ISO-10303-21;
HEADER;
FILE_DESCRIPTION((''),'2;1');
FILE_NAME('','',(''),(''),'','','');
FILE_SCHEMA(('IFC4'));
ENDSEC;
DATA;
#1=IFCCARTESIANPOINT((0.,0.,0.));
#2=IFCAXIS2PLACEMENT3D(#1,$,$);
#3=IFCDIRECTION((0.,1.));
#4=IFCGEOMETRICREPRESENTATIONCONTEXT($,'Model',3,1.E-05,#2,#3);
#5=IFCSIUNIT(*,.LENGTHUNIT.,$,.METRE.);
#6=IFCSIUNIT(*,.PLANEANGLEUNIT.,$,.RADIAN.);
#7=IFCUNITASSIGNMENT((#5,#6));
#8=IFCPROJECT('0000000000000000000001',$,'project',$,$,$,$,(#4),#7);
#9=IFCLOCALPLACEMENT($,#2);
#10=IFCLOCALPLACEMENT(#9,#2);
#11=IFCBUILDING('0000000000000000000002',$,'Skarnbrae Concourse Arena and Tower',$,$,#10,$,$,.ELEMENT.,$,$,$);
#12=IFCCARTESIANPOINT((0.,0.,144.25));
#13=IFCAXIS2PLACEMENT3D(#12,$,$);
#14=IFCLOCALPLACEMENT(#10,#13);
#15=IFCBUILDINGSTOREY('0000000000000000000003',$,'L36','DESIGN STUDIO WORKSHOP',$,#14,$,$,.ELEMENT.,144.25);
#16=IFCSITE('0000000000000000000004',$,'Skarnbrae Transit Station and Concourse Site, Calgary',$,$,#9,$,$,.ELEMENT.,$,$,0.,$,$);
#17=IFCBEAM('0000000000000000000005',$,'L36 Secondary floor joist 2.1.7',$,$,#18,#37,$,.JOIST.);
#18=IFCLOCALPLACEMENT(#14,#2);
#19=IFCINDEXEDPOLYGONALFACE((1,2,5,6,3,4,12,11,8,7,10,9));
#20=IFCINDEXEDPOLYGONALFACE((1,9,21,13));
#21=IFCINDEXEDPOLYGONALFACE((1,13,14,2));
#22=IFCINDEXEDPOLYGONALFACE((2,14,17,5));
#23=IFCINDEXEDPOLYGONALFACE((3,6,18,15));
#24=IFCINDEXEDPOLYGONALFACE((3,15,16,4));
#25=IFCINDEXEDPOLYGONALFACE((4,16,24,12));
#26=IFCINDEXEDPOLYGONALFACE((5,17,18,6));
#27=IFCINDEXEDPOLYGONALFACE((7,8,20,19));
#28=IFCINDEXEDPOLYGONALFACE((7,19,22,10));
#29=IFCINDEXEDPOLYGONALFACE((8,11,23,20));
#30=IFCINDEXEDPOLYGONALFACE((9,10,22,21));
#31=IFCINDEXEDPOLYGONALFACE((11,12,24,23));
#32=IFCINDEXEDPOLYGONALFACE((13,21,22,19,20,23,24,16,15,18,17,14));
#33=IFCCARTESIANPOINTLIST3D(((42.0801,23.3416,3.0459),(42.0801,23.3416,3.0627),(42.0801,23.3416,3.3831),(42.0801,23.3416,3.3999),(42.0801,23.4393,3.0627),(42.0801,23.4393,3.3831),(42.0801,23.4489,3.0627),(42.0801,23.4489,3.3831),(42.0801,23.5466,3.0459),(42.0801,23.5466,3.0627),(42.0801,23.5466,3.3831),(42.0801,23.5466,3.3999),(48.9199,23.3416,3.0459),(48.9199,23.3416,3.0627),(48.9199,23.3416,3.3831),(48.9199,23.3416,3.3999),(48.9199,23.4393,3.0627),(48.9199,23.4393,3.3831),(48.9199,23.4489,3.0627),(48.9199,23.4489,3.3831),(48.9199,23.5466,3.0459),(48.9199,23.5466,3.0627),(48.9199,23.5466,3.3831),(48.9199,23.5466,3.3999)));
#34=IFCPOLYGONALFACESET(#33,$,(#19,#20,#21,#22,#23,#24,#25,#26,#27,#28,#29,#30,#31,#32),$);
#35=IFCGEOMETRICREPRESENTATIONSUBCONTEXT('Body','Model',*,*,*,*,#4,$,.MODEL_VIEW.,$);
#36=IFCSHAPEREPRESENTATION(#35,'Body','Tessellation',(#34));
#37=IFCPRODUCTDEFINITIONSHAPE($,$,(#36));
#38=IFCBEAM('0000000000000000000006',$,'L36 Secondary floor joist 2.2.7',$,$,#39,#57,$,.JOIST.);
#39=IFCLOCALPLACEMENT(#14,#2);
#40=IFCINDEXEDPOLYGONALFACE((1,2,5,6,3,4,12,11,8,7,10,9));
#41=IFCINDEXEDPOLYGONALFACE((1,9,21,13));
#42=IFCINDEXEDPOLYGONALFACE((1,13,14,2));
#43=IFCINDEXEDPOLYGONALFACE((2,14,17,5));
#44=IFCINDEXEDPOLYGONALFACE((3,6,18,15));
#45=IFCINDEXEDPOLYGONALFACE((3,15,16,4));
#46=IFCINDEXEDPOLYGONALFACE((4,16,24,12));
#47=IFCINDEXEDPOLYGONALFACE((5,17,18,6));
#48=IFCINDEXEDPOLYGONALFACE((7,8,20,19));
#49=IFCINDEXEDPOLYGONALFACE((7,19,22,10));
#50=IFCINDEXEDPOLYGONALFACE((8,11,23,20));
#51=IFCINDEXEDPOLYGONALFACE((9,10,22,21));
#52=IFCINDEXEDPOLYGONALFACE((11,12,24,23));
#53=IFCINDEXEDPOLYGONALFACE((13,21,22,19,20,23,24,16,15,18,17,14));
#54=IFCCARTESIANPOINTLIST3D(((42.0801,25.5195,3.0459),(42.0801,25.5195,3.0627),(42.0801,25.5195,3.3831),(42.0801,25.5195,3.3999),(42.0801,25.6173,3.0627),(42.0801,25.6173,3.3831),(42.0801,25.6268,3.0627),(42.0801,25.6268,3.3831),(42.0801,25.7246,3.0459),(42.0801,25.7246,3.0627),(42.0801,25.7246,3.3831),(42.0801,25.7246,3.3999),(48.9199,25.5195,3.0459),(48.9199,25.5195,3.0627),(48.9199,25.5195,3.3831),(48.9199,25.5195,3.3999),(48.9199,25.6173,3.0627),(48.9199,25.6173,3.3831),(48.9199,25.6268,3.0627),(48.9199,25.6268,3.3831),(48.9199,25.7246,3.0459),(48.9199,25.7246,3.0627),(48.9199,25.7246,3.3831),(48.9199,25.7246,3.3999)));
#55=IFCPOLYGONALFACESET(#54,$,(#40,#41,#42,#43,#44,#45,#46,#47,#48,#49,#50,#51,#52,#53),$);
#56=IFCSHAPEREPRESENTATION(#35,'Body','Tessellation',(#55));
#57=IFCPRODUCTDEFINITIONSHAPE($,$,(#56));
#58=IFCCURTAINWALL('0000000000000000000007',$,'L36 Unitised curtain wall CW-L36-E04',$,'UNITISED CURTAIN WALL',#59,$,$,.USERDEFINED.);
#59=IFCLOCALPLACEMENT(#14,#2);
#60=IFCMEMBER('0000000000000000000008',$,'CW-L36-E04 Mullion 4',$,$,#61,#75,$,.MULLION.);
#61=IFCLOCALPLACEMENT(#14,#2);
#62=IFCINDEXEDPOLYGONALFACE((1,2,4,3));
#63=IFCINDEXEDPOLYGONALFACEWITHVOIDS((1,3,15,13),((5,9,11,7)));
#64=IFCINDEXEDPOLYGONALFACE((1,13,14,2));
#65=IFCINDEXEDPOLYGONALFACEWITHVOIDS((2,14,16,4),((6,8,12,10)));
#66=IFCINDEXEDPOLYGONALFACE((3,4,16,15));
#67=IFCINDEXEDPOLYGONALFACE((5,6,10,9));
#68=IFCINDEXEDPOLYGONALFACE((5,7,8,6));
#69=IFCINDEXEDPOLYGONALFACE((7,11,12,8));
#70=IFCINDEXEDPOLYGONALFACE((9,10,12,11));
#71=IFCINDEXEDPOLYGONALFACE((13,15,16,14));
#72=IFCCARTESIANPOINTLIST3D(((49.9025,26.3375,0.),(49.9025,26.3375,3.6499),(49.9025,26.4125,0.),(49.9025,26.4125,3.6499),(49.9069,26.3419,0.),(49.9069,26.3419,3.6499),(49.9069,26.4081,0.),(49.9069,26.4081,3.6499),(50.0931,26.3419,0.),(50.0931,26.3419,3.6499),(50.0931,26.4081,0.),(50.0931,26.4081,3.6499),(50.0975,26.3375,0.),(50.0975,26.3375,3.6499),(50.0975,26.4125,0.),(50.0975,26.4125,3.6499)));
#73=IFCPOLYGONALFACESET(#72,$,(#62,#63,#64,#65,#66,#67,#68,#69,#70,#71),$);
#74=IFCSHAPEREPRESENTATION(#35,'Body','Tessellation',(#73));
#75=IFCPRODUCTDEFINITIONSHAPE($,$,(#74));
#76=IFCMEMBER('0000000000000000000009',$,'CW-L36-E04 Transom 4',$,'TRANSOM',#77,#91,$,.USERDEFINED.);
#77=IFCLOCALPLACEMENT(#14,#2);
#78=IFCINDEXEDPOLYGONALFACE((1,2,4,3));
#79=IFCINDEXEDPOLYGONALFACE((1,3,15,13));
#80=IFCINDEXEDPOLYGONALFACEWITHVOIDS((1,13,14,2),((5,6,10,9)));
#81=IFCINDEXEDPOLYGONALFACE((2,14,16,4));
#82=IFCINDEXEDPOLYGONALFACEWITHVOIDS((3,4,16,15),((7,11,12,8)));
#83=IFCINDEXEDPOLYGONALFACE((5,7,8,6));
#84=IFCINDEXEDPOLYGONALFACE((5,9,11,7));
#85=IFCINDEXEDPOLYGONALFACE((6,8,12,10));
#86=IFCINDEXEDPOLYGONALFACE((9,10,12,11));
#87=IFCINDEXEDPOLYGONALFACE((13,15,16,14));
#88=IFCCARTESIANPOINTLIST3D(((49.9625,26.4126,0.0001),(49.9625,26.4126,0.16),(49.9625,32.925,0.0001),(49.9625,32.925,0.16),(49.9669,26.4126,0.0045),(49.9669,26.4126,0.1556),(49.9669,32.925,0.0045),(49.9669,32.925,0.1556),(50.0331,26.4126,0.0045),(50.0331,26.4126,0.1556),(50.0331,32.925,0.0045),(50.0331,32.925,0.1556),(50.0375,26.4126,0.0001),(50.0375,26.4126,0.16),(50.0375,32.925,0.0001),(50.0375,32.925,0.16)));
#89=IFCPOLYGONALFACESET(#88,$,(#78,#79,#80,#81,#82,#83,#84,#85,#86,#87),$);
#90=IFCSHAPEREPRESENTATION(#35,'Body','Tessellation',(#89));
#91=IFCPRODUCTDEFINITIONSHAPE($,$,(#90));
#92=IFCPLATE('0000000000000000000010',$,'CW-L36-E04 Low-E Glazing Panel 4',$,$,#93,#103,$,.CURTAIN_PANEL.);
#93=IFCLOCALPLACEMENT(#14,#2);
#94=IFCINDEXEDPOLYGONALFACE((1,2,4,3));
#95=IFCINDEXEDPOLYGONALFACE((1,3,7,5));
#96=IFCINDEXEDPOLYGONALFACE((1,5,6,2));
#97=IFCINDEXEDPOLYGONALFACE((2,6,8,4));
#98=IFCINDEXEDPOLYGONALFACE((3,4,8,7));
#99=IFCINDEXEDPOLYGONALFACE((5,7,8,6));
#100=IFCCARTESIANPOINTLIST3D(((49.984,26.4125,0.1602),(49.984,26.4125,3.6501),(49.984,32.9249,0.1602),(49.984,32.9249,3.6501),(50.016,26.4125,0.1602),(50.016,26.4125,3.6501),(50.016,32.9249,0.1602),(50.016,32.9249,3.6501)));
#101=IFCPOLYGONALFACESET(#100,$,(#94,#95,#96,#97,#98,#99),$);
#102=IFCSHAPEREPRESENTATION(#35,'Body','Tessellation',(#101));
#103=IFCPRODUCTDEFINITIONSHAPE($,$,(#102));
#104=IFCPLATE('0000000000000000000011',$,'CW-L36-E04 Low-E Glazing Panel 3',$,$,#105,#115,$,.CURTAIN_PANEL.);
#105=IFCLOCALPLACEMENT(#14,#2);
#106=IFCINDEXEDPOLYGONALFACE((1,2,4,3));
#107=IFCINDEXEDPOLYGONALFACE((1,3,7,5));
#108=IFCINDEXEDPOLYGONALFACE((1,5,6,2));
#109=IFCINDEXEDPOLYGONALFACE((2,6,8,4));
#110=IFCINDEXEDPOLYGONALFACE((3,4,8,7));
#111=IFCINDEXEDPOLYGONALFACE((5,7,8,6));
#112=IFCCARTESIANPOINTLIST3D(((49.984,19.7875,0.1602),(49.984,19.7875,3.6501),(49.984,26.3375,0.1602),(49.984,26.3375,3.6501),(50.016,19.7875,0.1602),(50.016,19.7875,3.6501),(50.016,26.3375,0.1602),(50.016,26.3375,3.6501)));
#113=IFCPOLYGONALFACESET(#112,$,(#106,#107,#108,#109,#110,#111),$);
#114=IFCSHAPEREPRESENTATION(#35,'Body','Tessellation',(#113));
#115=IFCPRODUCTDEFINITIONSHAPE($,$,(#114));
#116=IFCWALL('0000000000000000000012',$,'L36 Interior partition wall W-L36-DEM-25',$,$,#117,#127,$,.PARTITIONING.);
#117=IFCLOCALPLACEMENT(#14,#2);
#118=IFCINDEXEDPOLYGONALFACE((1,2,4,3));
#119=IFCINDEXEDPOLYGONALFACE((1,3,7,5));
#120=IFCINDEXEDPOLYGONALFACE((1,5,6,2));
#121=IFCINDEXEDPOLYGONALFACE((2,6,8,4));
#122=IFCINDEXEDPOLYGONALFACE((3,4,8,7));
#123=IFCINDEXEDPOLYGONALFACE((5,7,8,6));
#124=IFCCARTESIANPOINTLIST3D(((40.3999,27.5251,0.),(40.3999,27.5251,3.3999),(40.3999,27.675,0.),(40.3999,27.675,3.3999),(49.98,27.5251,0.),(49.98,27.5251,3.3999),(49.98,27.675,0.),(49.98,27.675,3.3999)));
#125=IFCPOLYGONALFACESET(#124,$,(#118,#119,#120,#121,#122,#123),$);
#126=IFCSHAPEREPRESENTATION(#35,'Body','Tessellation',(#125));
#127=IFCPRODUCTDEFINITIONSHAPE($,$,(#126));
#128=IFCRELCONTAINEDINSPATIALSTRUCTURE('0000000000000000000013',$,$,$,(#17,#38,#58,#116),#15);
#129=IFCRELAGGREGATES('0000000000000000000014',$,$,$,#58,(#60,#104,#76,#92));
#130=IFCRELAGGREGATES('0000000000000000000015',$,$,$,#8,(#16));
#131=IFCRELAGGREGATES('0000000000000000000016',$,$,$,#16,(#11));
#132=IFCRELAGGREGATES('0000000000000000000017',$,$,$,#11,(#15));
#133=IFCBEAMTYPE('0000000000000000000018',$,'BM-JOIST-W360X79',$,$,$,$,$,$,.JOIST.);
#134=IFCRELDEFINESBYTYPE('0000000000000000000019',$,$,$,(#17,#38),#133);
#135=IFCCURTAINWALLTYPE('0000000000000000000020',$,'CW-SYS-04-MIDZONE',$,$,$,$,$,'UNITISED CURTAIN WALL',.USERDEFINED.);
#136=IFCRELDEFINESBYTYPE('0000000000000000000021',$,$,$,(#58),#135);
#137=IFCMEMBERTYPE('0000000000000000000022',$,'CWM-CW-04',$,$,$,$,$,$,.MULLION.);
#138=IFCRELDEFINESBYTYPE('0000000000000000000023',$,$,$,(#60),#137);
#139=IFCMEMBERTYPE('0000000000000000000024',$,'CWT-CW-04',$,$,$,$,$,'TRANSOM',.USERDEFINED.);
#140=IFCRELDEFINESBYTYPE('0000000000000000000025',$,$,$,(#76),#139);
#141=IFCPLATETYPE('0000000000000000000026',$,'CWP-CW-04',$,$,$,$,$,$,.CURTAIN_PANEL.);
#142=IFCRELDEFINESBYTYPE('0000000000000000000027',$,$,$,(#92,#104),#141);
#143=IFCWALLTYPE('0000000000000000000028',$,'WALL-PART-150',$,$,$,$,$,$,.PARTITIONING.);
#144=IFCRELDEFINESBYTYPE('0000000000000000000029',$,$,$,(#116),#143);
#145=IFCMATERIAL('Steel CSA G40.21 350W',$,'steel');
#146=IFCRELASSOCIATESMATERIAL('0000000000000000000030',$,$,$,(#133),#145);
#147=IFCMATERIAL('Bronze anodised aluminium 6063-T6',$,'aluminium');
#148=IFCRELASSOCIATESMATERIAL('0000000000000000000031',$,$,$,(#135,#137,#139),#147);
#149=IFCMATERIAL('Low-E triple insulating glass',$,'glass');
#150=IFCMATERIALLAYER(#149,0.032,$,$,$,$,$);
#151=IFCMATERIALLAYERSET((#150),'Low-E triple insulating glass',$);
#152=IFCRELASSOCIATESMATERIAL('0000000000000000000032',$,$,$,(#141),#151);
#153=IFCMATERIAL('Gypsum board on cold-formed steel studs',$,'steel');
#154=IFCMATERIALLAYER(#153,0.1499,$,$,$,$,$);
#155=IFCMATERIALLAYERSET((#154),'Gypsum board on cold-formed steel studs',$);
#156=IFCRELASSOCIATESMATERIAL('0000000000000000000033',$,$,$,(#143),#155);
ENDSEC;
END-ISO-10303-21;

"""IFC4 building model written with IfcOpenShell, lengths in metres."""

from ifc_helpers import new_model, si_unit, direction, frame, frame_2d, origin, origin_2d, place, context, subcontext, project, spatial, rectangle, hollow_rectangle, i_section, extrude, source, transform, mapped, material, layer, layer_set, material_profile, profile_set, type_object, element, aggregate, save


model = new_model("IFC4")

# Units and contexts
model_context = context("Model", 3, precision=1e-05, world=origin(), true_north=direction((0.0, 1.0)))
body_context = subcontext(model_context, "Body", "Model", "MODEL_VIEW")
ifc_project = project(units=[si_unit("LENGTHUNIT", "METRE"), si_unit("PLANEANGLEUNIT", "RADIAN")], contexts=[model_context])

# Site, building, storey
site_placement = place(None, origin())
site = spatial("IfcSite", under=ifc_project, at=site_placement, Name="Skarnbrae Transit Station and Concourse Site, Calgary", CompositionType="ELEMENT", RefElevation=0.0)
building_placement = place(site_placement, origin())
building = spatial("IfcBuilding", under=site, at=building_placement, Name="Skarnbrae Concourse Arena and Tower", CompositionType="ELEMENT")
storey_placement = place(building_placement, frame((0.0, 0.0, 144.25)))
storey = spatial("IfcBuildingStorey", under=building, at=storey_placement, Name="L36", Description="DESIGN STUDIO WORKSHOP", CompositionType="ELEMENT", Elevation=144.25)

# Shared definitions
ifc_material_1 = material(Name="Steel CSA G40.21 350W", Category="steel")

# Beams
ifc_material_profile_1 = material_profile(ifc_material_1, i_section(OverallWidth=0.2051, OverallDepth=0.354, WebThickness=0.0095, FlangeThickness=0.0168, at=origin_2d()), Name="W360X79")
ifc_profile_set_1 = profile_set([ifc_material_profile_1], Name="Steel CSA G40.21 350W")
beam_type_1 = type_object("IfcBeamType", Name="BM-JOIST-W360X79", PredefinedType="JOIST", material=ifc_profile_set_1)
shared_shape_1 = source(origin(), body_context, "Body", "SweptSolid", [
    extrude(i_section(OverallWidth=0.2051, OverallDepth=0.354, WebThickness=0.0095, FlangeThickness=0.0168, at=origin_2d()), origin(), (0.0, 0.0, 1.0), 6.8398),
])
for number, where, z_axis, x_axis, name in (
    (1, (42.0801, 23.4441, 3.2229), (1.0, 0.0, 0.0), (0.0, 1.0, 0.0), "L36 Secondary floor joist 2.1.7"),
    (2, (42.0801, 25.6221, 3.2229), (1.0, 0.0, 0.0), (0.0, 1.0, 0.0), "L36 Secondary floor joist 2.2.7"),
):
    element("IfcBeam", number, at=place(storey_placement, frame(where, z_axis=z_axis, x_axis=x_axis)), inside=storey, type_object=beam_type_1, Name=name, PredefinedType="JOIST", context=body_context, shape_type="MappedRepresentation", body=[
        mapped(shared_shape_1, transform((0.0, 0.0, 0.0))),
    ])

# Curtain wall, members, plates
ifc_material_2 = material(Name="Bronze anodised aluminium 6063-T6", Category="aluminium")
curtain_wall_type = type_object("IfcCurtainWallType", Name="CW-SYS-04-MIDZONE", ElementType="UNITISED CURTAIN WALL", PredefinedType="USERDEFINED", material=ifc_material_2)
curtain_wall_placement = place(storey_placement, origin())
curtain_wall = element("IfcCurtainWall", 3, at=curtain_wall_placement, inside=storey, type_object=curtain_wall_type, Name="L36 Unitised curtain wall CW-L36-E04", ObjectType="UNITISED CURTAIN WALL", PredefinedType="USERDEFINED")
ifc_material_profile_2 = material_profile(ifc_material_2, hollow_rectangle(XDim=0.075, YDim=0.1951, WallThickness=0.0044, at=origin_2d()), Name="ALU-MULL-75X195")
ifc_profile_set_2 = profile_set([ifc_material_profile_2], Name="Bronze anodised aluminium 6063-T6")
member_type_1 = type_object("IfcMemberType", Name="CWM-CW-04", PredefinedType="MULLION", material=ifc_profile_set_2)
shared_shape_2 = source(origin(), body_context, "Body", "SweptSolid", [
    extrude(hollow_rectangle(XDim=0.075, YDim=0.1951, WallThickness=0.0044, at=origin_2d()), origin(), (0.0, 0.0, 1.0), 3.6499),
])
member_1_placement = place(storey_placement, frame((50.0, 26.375, 0.0), z_axis=(0.0, 0.0, 1.0), x_axis=(0.0, 1.0, 0.0)))
member_1 = element("IfcMember", 4, at=member_1_placement, type_object=member_type_1, Name="CW-L36-E04 Mullion 4", PredefinedType="MULLION", context=body_context, shape_type="MappedRepresentation", body=[
    mapped(shared_shape_2, transform((0.0, 0.0, 0.0))),
])
ifc_material_profile_3 = material_profile(ifc_material_2, hollow_rectangle(XDim=0.075, YDim=0.1599, WallThickness=0.0044, at=origin_2d()), Name="ALU-TRAN-75X160")
ifc_profile_set_3 = profile_set([ifc_material_profile_3], Name="Bronze anodised aluminium 6063-T6")
member_type_2 = type_object("IfcMemberType", Name="CWT-CW-04", ElementType="TRANSOM", PredefinedType="USERDEFINED", material=ifc_profile_set_3)
shared_shape_3 = source(origin(), body_context, "Body", "SweptSolid", [
    extrude(hollow_rectangle(XDim=0.075, YDim=0.1599, WallThickness=0.0044, at=origin_2d()), origin(), (0.0, 0.0, 1.0), 6.5125),
])
member_2_placement = place(storey_placement, frame((50.0, 26.4126, 0.0801), z_axis=(0.0, 1.0, 0.0), x_axis=(-1.0, 0.0, 0.0)))
member_2 = element("IfcMember", 5, at=member_2_placement, type_object=member_type_2, Name="CW-L36-E04 Transom 4", ObjectType="TRANSOM", PredefinedType="USERDEFINED", context=body_context, shape_type="MappedRepresentation", body=[
    mapped(shared_shape_3, transform((0.0, 0.0, 0.0))),
])
ifc_material_3 = material(Name="Low-E triple insulating glass", Category="glass")
ifc_layer_1 = layer(ifc_material_3, 0.032)
ifc_layer_set_1 = layer_set([ifc_layer_1], Name="Low-E triple insulating glass")
plate_type = type_object("IfcPlateType", Name="CWP-CW-04", PredefinedType="CURTAIN_PANEL", material=ifc_layer_set_1)
shared_shape_4 = source(origin(), body_context, "Body", "SweptSolid", [
    extrude(rectangle(XDim=6.5125, YDim=0.032, at=origin_2d()), origin(), (0.0, 0.0, 1.0), 3.49),
])
plate_1_placement = place(storey_placement, frame((50.0, 29.6687, 0.1602), z_axis=(0.0, 0.0, 1.0), x_axis=(0.0, 1.0, 0.0)))
plate_1 = element("IfcPlate", 6, at=plate_1_placement, type_object=plate_type, Name="CW-L36-E04 Low-E Glazing Panel 4", PredefinedType="CURTAIN_PANEL", context=body_context, shape_type="MappedRepresentation", body=[
    mapped(shared_shape_4, transform((0.0, 0.0, 0.0))),
])
shared_shape_5 = source(origin(), body_context, "Body", "SweptSolid", [
    extrude(rectangle(XDim=6.55, YDim=0.032, at=origin_2d()), origin(), (0.0, 0.0, 1.0), 3.49),
])
plate_2_placement = place(storey_placement, frame((50.0, 23.0625, 0.1602), z_axis=(0.0, 0.0, 1.0), x_axis=(0.0, 1.0, 0.0)))
plate_2 = element("IfcPlate", 7, at=plate_2_placement, type_object=plate_type, Name="CW-L36-E04 Low-E Glazing Panel 3", PredefinedType="CURTAIN_PANEL", context=body_context, shape_type="MappedRepresentation", body=[
    mapped(shared_shape_5, transform((0.0, 0.0, 0.0))),
])
aggregate(curtain_wall, [member_1, plate_2, member_2, plate_1])

# Wall
ifc_material_4 = material(Name="Gypsum board on cold-formed steel studs", Category="steel")
ifc_layer_2 = layer(ifc_material_4, 0.1499)
ifc_layer_set_2 = layer_set([ifc_layer_2], Name="Gypsum board on cold-formed steel studs")
wall_type_1 = type_object("IfcWallType", Name="WALL-PART-150", PredefinedType="PARTITIONING", material=ifc_layer_set_2)
shared_shape_6 = source(origin(), body_context, "Body", "SweptSolid", [
    extrude(rectangle(XDim=9.5801, YDim=0.1499, at=frame_2d((4.79, 0.0))), origin(), (0.0, 0.0, 1.0), 3.3999),
])
wall_1_placement = place(storey_placement, frame((40.3999, 27.6001, 0.0), z_axis=(0.0, 0.0, 1.0), x_axis=(1.0, 0.0, 0.0)))
element("IfcWall", 8, at=wall_1_placement, inside=storey, type_object=wall_type_1, Name="L36 Interior partition wall W-L36-DEM-25", PredefinedType="PARTITIONING", context=body_context, shape_type="MappedRepresentation", body=[
    mapped(shared_shape_6, transform((0.0, 0.0, 0.0))),
])

save(model, "model.ifc")
